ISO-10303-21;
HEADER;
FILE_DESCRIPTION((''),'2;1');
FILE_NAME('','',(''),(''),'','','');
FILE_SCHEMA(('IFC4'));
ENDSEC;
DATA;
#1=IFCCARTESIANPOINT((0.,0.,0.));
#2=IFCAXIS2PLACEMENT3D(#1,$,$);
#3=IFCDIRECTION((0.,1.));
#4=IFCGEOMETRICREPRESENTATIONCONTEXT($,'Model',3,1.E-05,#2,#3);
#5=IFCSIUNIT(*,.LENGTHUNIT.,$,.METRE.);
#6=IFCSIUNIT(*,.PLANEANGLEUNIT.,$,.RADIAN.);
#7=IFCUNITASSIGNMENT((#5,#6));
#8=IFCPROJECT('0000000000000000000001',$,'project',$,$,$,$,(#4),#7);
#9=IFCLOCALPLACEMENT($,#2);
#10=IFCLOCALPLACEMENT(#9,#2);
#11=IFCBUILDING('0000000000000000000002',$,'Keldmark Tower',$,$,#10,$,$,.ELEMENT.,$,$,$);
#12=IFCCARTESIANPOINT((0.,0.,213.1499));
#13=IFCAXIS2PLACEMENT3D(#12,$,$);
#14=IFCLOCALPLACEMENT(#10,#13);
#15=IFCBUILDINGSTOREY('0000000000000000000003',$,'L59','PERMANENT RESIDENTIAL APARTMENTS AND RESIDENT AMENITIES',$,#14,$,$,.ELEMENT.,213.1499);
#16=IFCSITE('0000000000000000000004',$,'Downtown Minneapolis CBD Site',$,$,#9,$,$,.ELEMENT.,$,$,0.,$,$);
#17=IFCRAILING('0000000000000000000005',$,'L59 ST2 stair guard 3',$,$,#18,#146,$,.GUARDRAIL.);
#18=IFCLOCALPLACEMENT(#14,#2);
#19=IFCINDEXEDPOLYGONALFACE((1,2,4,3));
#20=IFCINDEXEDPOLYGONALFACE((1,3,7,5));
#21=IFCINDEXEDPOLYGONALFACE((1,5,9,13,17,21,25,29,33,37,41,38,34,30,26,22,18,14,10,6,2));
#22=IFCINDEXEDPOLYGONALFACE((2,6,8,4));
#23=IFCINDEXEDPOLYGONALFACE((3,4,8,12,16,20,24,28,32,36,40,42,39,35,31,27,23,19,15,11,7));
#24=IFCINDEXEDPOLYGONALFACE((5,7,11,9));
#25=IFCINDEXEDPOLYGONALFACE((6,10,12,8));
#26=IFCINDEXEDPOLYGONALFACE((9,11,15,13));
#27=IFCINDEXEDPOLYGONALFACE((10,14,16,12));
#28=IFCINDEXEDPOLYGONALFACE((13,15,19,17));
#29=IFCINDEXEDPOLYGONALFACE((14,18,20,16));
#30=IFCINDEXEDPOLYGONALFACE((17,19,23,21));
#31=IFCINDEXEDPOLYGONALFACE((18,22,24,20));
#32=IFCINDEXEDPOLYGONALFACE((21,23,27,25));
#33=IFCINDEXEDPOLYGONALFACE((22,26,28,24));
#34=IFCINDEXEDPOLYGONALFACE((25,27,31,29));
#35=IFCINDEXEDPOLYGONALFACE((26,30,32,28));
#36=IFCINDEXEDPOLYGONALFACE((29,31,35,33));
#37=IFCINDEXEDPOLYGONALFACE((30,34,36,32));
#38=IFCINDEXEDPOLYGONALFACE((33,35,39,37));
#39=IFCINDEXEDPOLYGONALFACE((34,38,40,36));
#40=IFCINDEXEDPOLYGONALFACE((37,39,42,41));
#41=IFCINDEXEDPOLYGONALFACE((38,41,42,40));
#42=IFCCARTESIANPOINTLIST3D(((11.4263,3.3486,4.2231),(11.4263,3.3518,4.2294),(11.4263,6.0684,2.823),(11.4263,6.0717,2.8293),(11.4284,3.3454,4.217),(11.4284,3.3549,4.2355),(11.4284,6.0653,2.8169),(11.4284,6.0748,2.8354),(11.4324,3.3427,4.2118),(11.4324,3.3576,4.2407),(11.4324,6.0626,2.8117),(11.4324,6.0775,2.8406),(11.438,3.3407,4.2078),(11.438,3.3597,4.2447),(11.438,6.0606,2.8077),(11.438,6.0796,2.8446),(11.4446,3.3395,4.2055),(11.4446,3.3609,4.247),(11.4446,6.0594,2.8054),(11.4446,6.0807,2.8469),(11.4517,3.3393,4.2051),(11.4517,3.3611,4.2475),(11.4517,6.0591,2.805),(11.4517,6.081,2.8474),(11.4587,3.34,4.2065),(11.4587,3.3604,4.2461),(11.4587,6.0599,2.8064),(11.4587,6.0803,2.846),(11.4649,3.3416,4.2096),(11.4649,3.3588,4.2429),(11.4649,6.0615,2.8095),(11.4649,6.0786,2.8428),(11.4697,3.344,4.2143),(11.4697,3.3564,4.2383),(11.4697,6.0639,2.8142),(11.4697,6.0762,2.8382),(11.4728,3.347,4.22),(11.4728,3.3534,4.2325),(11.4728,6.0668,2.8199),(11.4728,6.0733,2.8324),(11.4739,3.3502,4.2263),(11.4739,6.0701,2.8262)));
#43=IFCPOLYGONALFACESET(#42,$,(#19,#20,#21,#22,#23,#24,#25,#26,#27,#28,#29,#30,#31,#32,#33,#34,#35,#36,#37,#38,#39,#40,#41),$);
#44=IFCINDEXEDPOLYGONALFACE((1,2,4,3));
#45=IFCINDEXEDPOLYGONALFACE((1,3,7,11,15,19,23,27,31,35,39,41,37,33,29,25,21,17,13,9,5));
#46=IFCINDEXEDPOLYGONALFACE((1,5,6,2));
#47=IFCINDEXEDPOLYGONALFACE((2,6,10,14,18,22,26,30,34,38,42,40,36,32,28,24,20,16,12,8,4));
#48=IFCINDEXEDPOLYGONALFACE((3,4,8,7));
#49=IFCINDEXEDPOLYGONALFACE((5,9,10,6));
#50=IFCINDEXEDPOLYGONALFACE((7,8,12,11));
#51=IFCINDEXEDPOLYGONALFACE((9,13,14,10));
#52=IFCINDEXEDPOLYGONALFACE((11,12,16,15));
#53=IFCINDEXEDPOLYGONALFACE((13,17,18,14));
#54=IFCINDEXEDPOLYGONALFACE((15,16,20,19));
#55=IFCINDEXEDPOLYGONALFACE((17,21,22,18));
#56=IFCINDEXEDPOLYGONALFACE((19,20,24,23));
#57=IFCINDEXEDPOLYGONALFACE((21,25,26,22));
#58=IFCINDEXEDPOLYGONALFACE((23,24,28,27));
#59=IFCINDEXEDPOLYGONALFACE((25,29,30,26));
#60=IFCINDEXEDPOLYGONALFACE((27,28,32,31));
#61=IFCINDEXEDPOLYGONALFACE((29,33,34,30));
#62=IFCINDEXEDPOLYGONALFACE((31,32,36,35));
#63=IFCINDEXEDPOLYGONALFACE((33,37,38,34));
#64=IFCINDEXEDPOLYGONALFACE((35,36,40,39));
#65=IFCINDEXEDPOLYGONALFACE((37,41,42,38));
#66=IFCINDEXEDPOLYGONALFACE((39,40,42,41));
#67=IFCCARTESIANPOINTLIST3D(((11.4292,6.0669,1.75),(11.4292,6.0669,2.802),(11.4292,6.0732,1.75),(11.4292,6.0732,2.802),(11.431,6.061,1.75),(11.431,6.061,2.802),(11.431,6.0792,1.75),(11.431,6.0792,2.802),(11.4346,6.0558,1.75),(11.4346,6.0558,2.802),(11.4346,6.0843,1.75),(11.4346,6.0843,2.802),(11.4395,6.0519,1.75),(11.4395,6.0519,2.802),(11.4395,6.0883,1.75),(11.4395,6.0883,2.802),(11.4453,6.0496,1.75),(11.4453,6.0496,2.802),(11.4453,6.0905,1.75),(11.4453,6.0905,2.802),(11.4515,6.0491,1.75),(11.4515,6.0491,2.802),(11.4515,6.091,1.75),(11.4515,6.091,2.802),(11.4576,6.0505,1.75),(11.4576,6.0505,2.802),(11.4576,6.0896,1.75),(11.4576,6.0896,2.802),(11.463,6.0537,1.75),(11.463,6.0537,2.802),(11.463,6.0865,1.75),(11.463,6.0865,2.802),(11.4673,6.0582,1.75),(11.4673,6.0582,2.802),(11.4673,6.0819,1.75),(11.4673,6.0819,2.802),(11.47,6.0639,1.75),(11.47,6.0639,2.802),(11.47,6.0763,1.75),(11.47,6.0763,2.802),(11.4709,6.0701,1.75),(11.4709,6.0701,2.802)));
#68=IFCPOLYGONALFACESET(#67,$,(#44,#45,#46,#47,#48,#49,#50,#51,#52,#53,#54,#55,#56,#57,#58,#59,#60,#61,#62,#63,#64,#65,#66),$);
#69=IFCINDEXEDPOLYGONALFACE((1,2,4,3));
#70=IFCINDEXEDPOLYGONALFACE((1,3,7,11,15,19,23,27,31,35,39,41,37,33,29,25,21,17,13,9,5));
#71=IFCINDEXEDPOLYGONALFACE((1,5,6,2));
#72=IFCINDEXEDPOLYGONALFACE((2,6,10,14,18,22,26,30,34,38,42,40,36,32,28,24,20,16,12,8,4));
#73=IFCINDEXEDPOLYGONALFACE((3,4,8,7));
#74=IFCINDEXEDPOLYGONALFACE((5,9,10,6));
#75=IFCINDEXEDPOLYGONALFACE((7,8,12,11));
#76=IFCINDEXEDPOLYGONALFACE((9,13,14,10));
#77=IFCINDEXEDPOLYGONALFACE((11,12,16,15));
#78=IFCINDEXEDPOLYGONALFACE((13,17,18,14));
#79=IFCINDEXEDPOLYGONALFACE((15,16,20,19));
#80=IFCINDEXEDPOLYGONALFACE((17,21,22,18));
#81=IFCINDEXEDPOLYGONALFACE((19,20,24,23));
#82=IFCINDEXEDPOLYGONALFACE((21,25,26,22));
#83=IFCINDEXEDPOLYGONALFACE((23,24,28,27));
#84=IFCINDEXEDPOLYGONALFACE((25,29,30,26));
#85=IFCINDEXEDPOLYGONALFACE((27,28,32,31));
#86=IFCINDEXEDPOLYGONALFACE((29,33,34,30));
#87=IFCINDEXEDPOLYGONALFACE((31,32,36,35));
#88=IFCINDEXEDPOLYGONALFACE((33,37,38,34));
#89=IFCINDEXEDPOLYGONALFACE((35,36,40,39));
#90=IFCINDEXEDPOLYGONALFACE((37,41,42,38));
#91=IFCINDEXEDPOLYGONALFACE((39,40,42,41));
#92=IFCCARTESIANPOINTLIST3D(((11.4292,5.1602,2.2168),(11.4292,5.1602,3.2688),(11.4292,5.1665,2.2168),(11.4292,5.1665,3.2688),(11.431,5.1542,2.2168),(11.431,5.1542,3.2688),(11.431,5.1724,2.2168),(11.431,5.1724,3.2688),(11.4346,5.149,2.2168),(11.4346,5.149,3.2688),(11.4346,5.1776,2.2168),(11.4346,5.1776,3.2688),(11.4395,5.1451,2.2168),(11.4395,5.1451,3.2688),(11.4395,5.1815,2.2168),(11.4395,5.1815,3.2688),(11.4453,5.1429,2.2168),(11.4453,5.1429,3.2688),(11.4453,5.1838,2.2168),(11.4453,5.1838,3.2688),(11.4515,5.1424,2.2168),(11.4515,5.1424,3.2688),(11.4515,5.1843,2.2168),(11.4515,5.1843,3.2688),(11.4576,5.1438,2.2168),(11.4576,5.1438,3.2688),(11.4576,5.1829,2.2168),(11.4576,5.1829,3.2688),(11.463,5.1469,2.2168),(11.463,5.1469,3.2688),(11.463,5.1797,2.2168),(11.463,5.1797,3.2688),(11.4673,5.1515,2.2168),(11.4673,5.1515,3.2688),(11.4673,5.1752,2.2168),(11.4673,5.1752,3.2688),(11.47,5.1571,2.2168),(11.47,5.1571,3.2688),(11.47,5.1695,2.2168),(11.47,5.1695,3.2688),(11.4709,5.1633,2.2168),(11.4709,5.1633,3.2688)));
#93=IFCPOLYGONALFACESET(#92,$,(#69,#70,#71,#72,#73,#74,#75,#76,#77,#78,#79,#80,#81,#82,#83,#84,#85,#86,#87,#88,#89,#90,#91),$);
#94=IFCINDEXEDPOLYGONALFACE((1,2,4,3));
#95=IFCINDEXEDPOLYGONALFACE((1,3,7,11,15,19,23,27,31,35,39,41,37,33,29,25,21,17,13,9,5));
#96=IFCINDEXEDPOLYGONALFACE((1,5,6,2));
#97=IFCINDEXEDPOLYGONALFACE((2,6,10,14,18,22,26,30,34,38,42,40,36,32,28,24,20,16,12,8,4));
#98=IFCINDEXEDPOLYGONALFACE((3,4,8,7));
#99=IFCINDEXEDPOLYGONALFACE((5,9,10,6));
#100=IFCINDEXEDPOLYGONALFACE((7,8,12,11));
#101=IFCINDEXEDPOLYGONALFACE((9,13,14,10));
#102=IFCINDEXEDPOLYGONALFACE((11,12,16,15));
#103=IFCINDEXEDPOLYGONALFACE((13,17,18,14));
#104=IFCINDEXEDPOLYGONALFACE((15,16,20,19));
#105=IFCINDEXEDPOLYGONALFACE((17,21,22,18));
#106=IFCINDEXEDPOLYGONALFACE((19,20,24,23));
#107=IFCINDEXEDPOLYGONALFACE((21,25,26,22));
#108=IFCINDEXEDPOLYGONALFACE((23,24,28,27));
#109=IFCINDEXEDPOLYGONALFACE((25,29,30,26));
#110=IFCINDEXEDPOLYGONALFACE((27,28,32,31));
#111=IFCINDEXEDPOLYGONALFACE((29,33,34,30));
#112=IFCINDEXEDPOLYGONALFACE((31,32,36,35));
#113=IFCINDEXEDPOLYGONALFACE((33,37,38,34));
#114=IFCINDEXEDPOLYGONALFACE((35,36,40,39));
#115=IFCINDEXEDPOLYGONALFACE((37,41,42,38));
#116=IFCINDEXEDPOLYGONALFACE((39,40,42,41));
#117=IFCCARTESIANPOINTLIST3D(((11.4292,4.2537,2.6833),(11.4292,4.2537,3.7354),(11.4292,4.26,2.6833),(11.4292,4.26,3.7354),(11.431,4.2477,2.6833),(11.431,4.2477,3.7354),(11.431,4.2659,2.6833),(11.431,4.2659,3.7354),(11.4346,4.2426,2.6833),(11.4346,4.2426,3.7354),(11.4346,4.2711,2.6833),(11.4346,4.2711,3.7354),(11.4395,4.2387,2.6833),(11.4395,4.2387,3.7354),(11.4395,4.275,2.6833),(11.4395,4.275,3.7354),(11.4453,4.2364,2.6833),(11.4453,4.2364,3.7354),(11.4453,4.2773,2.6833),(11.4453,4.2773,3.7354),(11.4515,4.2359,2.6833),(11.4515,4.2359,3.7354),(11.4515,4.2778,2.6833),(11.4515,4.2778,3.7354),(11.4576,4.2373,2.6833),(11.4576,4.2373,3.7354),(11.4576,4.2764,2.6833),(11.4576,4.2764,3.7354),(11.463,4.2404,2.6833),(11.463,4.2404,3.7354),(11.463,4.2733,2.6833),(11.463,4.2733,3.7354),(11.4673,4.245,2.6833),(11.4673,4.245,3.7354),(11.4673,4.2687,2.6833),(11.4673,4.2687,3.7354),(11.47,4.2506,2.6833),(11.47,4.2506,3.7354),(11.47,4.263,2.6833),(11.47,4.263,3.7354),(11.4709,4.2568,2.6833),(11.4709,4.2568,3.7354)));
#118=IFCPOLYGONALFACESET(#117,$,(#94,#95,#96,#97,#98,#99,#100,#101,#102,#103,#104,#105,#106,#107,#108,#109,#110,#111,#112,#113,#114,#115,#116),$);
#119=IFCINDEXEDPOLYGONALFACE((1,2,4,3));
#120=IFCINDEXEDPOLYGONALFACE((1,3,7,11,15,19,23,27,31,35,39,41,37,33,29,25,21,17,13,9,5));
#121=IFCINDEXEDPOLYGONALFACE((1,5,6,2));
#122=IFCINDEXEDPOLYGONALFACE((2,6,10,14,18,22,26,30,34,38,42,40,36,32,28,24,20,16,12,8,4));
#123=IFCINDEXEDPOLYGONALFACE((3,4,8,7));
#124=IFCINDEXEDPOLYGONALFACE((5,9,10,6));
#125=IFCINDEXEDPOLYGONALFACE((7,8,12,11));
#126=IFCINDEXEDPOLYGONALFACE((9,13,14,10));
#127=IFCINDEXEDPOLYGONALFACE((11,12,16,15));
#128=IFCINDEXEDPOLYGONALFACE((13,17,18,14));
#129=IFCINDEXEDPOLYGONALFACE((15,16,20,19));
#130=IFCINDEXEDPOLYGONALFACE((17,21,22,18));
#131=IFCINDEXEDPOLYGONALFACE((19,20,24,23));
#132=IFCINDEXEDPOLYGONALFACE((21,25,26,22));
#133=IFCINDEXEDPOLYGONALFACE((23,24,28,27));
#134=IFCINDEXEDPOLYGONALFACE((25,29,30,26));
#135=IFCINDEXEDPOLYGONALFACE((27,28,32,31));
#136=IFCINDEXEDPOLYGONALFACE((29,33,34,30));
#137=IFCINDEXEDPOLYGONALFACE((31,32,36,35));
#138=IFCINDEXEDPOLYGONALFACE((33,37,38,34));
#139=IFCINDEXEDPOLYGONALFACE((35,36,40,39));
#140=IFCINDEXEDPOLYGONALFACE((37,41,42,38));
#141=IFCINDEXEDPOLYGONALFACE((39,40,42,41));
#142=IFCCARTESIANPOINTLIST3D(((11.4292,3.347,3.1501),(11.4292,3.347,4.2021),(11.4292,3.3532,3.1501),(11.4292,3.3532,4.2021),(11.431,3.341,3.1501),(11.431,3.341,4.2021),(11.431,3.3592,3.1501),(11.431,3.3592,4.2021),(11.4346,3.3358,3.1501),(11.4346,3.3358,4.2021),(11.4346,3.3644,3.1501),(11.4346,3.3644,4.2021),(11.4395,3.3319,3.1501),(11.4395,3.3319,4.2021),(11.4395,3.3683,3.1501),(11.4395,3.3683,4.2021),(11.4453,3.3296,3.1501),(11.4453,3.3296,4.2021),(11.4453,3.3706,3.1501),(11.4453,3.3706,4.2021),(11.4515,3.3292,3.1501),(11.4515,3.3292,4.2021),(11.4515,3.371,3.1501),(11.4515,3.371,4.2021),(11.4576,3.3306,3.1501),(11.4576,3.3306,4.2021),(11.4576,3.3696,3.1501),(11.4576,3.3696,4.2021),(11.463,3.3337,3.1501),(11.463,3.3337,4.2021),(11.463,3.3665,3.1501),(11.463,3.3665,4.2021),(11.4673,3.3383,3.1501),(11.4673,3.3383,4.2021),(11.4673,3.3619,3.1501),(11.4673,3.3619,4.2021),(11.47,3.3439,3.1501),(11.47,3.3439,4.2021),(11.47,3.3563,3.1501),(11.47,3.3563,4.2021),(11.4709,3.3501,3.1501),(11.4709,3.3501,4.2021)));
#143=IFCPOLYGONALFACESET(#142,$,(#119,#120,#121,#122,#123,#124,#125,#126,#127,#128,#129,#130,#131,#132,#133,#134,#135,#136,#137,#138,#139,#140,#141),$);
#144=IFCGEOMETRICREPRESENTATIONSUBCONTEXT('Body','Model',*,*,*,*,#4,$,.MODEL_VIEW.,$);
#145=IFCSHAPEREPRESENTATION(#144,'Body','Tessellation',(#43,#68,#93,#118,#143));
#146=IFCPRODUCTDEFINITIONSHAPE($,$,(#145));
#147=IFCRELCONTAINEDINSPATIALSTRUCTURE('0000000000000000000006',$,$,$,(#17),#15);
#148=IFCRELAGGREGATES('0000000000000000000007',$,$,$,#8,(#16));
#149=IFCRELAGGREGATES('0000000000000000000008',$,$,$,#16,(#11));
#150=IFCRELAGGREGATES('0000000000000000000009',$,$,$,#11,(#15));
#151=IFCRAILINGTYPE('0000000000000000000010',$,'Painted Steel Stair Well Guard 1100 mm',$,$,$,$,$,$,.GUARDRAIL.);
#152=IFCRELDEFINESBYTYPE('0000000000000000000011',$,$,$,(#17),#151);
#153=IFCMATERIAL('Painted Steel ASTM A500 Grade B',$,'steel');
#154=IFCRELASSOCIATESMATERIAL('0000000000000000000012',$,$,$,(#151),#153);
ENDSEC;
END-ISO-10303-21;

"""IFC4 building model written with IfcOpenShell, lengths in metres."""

from ifc_helpers import new_model, si_unit, direction, frame, origin, origin_2d, place, context, subcontext, project, spatial, circle, extrude, material, type_object, element, save


model = new_model("IFC4")

# Units and contexts
model_context = context("Model", 3, precision=1e-05, world=origin(), true_north=direction((0.0, 1.0)))
body_context = subcontext(model_context, "Body", "Model", "MODEL_VIEW")
ifc_project = project(units=[si_unit("LENGTHUNIT", "METRE"), si_unit("PLANEANGLEUNIT", "RADIAN")], contexts=[model_context])

# Site, building, storey
site_placement = place(None, origin())
site = spatial("IfcSite", under=ifc_project, at=site_placement, Name="Downtown Minneapolis CBD Site", CompositionType="ELEMENT", RefElevation=0.0)
building_placement = place(site_placement, origin())
building = spatial("IfcBuilding", under=site, at=building_placement, Name="Keldmark Tower", CompositionType="ELEMENT")
storey_placement = place(building_placement, frame((0.0, 0.0, 213.1499)))
storey = spatial("IfcBuildingStorey", under=building, at=storey_placement, Name="L59", Description="PERMANENT RESIDENTIAL APARTMENTS AND RESIDENT AMENITIES", CompositionType="ELEMENT", Elevation=213.1499)

# Railing
ifc_material_1 = material(Name="Painted Steel ASTM A500 Grade B", Category="steel")
railing_type = type_object("IfcRailingType", Name="Painted Steel Stair Well Guard 1100 mm", PredefinedType="GUARDRAIL", material=ifc_material_1)
railing_1_placement = place(storey_placement, frame((11.45, 6.0701, 1.75)))
element("IfcRailing", 1, at=railing_1_placement, inside=storey, type_object=railing_type, Name="L59 ST2 stair guard 3", PredefinedType="GUARDRAIL", context=body_context, shape_type="SweptSolid", body=[
    extrude(circle(Radius=0.0239, at=origin_2d()), frame((0.0, 0.0, 1.0762), z_axis=(0.0, -0.889114, 0.457685), x_axis=(1.0, 0.0, 0.0)), (0.0, 0.0, 1.0), 3.0591),
    extrude(circle(Radius=0.021, at=origin_2d()), origin(), (0.0, 0.0, 1.0), 1.052),
    extrude(circle(Radius=0.021, at=origin_2d()), frame((0.0, -0.9067, 0.4668)), (0.0, 0.0, 1.0), 1.052),
    extrude(circle(Radius=0.021, at=origin_2d()), frame((0.0, -1.8132, 0.9333)), (0.0, 0.0, 1.0), 1.052),
    extrude(circle(Radius=0.021, at=origin_2d()), frame((0.0, -2.72, 1.4001)), (0.0, 0.0, 1.0), 1.052),
])

save(model, "model.ifc")
